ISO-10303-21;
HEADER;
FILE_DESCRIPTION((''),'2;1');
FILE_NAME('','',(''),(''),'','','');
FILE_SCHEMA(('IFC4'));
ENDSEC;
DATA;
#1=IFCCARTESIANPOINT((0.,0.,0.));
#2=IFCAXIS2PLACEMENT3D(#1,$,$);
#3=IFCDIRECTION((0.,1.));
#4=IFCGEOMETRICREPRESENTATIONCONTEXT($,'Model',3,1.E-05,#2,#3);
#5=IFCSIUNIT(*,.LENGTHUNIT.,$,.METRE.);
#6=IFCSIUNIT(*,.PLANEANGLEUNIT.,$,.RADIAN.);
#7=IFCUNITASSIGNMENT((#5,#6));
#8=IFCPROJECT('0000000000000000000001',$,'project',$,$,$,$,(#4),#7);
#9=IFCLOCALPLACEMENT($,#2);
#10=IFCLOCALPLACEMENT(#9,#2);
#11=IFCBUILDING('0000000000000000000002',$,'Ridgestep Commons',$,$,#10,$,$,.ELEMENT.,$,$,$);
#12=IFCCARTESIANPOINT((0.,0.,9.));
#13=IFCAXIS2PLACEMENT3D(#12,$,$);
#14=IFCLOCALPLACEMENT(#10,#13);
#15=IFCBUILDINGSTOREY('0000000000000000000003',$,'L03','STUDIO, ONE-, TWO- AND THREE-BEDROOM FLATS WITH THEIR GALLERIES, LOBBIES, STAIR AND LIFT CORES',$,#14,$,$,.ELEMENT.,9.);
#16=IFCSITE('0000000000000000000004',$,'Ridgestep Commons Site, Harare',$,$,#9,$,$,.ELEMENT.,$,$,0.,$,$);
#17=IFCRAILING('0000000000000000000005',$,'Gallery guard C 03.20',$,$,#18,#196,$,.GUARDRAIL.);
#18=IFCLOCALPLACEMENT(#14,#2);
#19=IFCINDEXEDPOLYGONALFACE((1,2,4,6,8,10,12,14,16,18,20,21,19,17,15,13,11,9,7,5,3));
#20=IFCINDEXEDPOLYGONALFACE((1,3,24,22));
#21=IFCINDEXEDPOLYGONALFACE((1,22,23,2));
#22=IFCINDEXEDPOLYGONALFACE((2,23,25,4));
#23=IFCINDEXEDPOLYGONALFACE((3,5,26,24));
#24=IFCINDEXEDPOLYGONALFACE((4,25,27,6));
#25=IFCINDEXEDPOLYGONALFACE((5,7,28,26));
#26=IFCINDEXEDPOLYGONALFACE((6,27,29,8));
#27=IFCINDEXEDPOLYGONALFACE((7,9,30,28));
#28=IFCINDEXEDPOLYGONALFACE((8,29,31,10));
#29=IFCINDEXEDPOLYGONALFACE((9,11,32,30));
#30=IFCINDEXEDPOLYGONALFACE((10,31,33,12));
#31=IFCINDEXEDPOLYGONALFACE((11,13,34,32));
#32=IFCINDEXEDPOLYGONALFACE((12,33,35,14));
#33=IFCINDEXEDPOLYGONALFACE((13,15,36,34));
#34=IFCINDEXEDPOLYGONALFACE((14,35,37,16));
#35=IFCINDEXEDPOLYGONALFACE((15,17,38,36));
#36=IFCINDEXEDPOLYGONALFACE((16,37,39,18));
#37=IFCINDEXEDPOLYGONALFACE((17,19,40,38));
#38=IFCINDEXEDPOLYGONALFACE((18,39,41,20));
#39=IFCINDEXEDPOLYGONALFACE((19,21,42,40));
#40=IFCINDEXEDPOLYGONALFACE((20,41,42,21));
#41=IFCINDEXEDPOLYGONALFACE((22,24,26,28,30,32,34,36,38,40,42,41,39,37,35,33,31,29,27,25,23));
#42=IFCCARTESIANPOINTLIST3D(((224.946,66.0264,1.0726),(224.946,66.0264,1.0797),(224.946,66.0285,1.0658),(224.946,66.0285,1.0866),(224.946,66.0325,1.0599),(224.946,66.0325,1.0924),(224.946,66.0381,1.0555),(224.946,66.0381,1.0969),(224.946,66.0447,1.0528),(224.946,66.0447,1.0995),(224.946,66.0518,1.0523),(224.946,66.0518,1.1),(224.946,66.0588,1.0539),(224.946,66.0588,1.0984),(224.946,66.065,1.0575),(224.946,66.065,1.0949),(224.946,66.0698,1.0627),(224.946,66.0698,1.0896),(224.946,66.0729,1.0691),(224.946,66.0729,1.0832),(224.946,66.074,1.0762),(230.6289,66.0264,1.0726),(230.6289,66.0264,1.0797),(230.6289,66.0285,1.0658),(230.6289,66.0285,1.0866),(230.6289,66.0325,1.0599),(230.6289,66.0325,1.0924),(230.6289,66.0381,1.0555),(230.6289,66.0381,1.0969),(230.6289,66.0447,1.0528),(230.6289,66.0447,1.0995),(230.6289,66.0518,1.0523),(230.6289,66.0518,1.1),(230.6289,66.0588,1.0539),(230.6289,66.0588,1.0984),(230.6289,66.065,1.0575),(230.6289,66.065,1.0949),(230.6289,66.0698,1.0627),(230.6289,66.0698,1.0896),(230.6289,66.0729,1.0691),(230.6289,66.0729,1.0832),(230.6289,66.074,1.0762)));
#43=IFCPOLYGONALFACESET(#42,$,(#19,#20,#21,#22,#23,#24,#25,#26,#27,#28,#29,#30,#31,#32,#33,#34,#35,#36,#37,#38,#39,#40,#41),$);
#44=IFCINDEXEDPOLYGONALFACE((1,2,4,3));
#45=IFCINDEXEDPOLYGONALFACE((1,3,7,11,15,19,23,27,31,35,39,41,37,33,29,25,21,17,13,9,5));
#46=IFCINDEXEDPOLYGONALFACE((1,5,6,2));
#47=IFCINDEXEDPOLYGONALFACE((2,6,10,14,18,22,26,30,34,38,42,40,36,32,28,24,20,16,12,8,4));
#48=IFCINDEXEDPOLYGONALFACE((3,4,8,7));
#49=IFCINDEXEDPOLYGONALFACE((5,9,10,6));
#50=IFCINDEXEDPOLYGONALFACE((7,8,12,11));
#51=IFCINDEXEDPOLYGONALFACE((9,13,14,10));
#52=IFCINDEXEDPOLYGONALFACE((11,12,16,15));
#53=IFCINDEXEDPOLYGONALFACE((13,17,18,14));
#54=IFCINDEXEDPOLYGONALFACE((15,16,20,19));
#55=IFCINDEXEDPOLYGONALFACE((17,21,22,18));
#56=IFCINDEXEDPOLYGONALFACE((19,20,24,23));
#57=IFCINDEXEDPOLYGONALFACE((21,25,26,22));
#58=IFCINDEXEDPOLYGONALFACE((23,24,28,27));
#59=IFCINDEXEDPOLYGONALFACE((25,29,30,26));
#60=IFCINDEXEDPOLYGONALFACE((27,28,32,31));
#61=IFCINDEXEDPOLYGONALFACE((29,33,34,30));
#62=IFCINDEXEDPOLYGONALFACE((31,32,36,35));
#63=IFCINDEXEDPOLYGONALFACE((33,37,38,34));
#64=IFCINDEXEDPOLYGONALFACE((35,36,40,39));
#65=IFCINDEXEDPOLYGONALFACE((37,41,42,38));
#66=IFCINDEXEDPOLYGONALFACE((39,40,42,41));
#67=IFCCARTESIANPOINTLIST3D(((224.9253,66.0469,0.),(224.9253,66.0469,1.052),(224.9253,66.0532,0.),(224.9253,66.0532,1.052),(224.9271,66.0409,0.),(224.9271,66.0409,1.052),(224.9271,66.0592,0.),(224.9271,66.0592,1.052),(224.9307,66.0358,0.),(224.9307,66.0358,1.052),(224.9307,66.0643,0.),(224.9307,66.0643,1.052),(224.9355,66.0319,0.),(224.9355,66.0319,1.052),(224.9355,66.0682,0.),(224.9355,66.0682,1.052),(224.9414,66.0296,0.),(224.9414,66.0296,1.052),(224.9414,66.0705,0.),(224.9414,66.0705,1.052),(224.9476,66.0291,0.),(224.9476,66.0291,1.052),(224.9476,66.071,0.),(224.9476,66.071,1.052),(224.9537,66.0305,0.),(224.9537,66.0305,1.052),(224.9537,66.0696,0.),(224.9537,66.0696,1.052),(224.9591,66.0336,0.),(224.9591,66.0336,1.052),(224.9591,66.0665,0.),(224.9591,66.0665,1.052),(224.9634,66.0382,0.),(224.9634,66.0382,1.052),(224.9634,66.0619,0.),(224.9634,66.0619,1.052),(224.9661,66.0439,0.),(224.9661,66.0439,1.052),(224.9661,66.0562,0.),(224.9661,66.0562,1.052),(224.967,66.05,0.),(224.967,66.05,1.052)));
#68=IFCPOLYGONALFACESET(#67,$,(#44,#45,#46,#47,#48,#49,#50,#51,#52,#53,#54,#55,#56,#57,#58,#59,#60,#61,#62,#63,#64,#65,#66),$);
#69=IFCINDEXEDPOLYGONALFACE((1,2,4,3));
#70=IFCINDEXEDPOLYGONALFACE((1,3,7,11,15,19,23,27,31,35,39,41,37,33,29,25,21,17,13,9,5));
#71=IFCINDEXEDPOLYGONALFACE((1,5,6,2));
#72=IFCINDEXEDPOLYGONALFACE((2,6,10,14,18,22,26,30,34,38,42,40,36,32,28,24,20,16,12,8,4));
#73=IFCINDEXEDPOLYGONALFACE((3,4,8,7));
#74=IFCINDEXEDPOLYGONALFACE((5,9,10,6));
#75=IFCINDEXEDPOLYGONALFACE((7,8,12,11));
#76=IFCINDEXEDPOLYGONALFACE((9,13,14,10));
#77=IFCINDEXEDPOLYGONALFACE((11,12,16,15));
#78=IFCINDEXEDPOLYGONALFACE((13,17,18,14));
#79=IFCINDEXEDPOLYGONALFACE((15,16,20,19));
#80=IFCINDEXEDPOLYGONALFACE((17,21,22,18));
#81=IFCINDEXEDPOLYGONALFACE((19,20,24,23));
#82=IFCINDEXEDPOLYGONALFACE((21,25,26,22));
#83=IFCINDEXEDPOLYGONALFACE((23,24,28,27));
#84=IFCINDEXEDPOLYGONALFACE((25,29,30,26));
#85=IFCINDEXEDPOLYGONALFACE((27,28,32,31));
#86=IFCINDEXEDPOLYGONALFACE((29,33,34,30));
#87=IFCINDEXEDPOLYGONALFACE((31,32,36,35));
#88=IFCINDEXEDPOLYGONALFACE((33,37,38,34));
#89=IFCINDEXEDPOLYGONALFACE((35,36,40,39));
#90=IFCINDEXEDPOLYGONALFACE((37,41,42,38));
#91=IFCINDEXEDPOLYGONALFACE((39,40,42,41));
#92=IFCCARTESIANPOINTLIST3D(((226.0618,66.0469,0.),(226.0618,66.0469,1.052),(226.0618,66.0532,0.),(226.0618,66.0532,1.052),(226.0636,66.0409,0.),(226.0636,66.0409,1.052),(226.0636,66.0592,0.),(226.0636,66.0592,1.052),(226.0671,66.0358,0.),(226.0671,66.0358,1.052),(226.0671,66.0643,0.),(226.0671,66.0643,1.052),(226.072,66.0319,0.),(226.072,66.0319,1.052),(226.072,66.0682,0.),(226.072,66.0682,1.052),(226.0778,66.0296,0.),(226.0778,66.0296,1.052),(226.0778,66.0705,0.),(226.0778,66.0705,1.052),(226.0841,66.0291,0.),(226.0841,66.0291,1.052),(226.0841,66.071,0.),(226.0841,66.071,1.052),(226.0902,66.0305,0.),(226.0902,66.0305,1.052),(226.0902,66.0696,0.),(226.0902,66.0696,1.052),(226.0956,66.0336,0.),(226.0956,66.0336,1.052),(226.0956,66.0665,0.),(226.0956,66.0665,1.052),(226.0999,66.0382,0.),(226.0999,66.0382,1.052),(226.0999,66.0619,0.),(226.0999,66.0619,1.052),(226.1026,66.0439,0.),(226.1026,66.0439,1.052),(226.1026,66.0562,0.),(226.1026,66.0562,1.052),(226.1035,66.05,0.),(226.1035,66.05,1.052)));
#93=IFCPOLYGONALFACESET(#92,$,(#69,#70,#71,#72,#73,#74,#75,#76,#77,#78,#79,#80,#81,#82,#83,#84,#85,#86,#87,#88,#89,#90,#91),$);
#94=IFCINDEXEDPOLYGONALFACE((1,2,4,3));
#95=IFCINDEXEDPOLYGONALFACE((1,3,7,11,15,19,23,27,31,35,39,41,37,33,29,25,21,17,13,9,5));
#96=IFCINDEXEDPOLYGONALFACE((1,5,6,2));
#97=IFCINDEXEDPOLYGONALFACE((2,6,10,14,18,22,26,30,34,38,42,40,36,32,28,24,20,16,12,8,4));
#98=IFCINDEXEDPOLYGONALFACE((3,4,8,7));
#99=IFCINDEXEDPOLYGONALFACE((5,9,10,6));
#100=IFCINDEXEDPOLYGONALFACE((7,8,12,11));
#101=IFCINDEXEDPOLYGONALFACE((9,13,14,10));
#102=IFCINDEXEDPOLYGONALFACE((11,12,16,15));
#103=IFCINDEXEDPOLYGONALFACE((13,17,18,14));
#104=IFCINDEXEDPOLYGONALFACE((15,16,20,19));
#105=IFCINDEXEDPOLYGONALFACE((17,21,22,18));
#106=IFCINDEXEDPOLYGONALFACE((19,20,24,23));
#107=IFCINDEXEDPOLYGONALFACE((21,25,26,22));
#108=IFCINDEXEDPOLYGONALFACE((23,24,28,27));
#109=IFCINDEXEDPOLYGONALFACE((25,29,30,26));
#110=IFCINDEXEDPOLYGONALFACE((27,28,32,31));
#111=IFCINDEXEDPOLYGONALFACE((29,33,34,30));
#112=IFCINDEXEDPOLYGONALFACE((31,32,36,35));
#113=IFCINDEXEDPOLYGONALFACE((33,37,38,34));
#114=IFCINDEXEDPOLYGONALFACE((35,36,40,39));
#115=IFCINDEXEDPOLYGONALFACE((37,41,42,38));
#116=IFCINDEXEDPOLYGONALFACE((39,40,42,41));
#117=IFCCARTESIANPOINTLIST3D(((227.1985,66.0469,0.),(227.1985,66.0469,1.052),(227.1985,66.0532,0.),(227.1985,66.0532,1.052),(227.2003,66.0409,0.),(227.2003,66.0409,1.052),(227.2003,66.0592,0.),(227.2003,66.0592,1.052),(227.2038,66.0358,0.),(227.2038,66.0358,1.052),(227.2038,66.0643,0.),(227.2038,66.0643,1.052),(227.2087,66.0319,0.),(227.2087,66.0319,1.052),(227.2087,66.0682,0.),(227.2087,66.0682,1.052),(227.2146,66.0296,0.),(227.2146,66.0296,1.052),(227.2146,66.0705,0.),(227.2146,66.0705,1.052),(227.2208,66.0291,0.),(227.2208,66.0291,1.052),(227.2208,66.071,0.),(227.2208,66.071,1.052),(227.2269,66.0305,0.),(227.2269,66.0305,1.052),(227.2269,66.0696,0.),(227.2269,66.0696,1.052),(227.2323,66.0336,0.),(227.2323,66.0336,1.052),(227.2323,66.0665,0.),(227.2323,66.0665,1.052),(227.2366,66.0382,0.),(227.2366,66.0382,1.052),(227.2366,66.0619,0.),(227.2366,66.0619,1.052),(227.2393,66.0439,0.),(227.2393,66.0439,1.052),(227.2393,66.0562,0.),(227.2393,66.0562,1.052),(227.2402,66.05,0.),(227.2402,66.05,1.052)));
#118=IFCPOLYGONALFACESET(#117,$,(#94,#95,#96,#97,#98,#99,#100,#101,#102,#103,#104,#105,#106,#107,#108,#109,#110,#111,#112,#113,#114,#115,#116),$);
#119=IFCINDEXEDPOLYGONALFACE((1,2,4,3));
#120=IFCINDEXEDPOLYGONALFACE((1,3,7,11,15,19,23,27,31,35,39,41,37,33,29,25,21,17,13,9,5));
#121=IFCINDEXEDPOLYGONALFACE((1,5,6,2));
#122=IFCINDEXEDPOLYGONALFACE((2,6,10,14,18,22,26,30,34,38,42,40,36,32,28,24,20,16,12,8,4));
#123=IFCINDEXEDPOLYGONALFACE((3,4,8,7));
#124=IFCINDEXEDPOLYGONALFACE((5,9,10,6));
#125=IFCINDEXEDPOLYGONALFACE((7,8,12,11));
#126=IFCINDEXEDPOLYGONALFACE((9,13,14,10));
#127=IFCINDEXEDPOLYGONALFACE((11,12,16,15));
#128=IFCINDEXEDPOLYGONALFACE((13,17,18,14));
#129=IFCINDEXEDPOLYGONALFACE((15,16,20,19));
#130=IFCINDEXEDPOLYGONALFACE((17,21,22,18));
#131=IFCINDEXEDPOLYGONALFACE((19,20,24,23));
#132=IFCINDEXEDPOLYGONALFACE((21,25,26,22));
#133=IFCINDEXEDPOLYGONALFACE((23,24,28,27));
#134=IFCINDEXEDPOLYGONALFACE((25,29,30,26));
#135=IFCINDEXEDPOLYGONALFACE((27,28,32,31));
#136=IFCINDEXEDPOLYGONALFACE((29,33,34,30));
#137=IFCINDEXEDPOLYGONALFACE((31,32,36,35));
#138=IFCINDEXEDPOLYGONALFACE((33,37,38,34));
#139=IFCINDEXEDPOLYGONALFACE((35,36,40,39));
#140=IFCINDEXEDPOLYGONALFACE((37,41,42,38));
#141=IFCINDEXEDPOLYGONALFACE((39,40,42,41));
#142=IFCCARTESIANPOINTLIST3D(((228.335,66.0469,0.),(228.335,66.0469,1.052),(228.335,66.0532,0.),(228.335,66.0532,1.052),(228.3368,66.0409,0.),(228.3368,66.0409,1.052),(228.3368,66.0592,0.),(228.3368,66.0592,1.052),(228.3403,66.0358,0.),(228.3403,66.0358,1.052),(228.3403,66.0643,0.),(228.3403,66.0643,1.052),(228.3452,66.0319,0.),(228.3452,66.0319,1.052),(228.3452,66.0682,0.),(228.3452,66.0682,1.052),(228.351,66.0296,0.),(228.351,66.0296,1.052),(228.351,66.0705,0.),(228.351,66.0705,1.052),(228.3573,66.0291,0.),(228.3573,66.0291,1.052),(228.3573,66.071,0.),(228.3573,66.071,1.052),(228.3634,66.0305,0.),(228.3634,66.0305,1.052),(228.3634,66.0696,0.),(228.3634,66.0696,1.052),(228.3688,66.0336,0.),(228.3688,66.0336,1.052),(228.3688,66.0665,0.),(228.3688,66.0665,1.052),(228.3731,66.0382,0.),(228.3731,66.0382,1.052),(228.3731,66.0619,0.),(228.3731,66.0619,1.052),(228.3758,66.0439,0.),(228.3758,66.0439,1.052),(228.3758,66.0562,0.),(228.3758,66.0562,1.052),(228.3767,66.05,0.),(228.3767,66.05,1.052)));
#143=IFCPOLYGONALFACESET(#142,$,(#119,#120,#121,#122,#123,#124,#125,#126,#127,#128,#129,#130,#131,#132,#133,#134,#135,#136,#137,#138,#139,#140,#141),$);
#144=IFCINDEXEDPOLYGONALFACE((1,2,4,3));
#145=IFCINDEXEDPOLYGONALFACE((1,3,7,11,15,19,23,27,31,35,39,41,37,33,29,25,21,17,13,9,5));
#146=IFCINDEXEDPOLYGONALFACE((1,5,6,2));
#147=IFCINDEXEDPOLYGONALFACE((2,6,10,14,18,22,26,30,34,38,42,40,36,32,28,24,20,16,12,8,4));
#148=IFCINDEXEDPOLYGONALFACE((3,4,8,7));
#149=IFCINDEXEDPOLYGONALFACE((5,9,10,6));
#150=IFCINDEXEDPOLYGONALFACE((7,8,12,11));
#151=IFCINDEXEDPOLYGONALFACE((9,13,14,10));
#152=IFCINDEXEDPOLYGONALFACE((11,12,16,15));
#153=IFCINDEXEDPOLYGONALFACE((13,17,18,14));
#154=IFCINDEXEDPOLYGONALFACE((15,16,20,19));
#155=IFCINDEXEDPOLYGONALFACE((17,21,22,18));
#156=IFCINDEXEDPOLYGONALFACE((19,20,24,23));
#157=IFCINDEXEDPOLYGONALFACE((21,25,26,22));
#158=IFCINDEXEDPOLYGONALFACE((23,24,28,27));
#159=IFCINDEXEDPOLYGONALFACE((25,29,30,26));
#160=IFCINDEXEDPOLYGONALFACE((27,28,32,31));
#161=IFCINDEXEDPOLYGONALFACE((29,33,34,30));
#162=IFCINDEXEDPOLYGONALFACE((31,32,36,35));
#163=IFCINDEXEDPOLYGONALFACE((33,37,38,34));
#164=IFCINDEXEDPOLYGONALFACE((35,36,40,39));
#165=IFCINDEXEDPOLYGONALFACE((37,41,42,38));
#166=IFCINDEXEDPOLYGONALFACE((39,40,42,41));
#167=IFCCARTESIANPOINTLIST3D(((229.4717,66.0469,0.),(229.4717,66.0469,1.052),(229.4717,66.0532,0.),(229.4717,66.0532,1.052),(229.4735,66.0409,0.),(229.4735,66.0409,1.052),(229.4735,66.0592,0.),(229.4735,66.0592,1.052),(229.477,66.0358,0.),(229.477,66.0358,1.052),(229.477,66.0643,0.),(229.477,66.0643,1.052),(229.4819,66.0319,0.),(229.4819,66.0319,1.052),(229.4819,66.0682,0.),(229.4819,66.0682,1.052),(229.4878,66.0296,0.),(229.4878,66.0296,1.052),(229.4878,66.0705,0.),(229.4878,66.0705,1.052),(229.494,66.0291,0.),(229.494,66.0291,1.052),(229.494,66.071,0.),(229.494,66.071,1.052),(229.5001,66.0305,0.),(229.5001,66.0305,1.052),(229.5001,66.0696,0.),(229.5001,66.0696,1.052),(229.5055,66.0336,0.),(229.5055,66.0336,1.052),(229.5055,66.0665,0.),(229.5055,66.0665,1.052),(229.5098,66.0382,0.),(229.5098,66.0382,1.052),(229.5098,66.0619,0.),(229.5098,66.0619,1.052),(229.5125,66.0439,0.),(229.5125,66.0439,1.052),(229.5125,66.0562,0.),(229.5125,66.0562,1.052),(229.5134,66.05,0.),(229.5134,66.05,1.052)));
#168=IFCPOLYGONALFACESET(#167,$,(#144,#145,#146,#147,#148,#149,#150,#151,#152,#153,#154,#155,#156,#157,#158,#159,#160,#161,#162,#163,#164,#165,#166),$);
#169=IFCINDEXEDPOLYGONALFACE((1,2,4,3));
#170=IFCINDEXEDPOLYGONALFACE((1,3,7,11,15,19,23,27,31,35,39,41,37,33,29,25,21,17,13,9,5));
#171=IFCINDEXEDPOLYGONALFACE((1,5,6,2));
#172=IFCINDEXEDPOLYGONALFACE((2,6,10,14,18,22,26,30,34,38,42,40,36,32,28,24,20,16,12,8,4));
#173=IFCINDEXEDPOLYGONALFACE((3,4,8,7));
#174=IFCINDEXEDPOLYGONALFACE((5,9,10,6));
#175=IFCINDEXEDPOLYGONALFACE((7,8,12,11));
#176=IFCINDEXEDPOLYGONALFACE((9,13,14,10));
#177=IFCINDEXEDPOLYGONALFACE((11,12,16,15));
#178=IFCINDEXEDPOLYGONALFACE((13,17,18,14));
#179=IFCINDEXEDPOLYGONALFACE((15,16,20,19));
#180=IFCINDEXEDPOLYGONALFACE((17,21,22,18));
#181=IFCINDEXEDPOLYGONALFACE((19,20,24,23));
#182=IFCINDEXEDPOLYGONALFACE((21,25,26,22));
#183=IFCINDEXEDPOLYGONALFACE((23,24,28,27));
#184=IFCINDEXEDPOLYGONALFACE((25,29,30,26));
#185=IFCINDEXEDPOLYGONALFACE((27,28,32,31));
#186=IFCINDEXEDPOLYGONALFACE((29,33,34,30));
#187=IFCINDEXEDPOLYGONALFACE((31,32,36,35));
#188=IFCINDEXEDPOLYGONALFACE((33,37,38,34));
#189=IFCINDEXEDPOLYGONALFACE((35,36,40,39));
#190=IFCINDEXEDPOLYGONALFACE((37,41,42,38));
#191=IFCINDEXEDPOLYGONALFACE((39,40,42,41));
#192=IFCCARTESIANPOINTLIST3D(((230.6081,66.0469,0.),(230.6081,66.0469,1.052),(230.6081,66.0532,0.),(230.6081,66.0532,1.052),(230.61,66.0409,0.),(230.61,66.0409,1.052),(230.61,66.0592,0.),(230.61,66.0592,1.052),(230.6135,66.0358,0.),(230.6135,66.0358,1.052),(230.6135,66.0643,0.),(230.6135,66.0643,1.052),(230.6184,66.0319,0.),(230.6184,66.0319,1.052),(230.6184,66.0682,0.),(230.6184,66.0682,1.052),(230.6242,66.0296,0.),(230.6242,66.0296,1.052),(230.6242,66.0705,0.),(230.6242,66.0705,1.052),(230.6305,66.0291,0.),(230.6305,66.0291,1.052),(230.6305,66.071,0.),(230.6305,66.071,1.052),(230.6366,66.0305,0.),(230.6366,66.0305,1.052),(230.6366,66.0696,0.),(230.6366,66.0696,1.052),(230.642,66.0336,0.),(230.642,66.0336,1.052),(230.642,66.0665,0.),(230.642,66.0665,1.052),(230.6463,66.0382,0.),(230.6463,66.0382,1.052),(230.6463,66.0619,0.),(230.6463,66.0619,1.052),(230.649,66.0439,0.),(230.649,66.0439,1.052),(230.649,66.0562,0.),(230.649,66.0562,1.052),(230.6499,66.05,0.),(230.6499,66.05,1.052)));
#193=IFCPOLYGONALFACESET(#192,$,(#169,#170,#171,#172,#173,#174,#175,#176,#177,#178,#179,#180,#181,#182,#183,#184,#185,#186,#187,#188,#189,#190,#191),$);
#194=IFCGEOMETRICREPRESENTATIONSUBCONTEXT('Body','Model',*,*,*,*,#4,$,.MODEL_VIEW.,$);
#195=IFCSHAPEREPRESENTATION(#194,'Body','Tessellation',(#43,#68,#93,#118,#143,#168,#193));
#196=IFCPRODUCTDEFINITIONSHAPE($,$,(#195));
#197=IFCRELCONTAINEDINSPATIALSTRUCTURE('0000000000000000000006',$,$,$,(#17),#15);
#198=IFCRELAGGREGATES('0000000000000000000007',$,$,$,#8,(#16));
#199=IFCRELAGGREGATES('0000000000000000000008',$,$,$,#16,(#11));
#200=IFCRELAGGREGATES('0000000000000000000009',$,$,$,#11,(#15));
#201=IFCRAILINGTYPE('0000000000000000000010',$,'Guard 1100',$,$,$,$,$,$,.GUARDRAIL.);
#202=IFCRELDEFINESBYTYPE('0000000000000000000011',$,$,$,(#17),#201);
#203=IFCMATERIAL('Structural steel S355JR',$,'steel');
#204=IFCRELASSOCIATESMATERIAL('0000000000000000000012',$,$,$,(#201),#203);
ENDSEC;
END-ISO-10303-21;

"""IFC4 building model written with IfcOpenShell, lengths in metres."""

from ifc_helpers import new_model, si_unit, direction, frame, origin, origin_2d, place, context, subcontext, project, spatial, circle, extrude, material, type_object, element, save


model = new_model("IFC4")

# Units and contexts
model_context = context("Model", 3, precision=1e-05, world=origin(), true_north=direction((0.0, 1.0)))
body_context = subcontext(model_context, "Body", "Model", "MODEL_VIEW")
ifc_project = project(units=[si_unit("LENGTHUNIT", "METRE"), si_unit("PLANEANGLEUNIT", "RADIAN")], contexts=[model_context])

# Site, building, storey
site_placement = place(None, origin())
site = spatial("IfcSite", under=ifc_project, at=site_placement, Name="Ridgestep Commons Site, Harare", CompositionType="ELEMENT", RefElevation=0.0)
building_placement = place(site_placement, origin())
building = spatial("IfcBuilding", under=site, at=building_placement, Name="Ridgestep Commons", CompositionType="ELEMENT")
storey_placement = place(building_placement, frame((0.0, 0.0, 9.0)))
storey = spatial("IfcBuildingStorey", under=building, at=storey_placement, Name="L03", Description="STUDIO, ONE-, TWO- AND THREE-BEDROOM FLATS WITH THEIR GALLERIES, LOBBIES, STAIR AND LIFT CORES", CompositionType="ELEMENT", Elevation=9.0)

# Railing
ifc_material_1 = material(Name="Structural steel S355JR", Category="steel")
railing_type_1 = type_object("IfcRailingType", Name="Guard 1100", PredefinedType="GUARDRAIL", material=ifc_material_1)
railing_1_placement = place(storey_placement, frame((224.946, 66.05, 0.0)))
element("IfcRailing", 1, at=railing_1_placement, inside=storey, type_object=railing_type_1, Name="Gallery guard C 03.20", PredefinedType="GUARDRAIL", context=body_context, shape_type="SweptSolid", body=[
    extrude(circle(Radius=0.0239, at=origin_2d()), frame((0.0, 0.0, 1.0762), z_axis=(1.0, 0.0, 0.0), x_axis=(0.0, 1.0, 0.0)), (0.0, 0.0, 1.0), 5.6829),
    extrude(circle(Radius=0.021, at=origin_2d()), origin(), (0.0, 0.0, 1.0), 1.052),
    extrude(circle(Radius=0.021, at=origin_2d()), frame((1.1365, 0.0, 0.0)), (0.0, 0.0, 1.0), 1.052),
    extrude(circle(Radius=0.021, at=origin_2d()), frame((2.2732, 0.0, 0.0)), (0.0, 0.0, 1.0), 1.052),
    extrude(circle(Radius=0.021, at=origin_2d()), frame((3.4097, 0.0, 0.0)), (0.0, 0.0, 1.0), 1.052),
    extrude(circle(Radius=0.021, at=origin_2d()), frame((4.5464, 0.0, 0.0)), (0.0, 0.0, 1.0), 1.052),
    extrude(circle(Radius=0.021, at=origin_2d()), frame((5.6829, 0.0, 0.0)), (0.0, 0.0, 1.0), 1.052),
])

save(model, "model.ifc")
